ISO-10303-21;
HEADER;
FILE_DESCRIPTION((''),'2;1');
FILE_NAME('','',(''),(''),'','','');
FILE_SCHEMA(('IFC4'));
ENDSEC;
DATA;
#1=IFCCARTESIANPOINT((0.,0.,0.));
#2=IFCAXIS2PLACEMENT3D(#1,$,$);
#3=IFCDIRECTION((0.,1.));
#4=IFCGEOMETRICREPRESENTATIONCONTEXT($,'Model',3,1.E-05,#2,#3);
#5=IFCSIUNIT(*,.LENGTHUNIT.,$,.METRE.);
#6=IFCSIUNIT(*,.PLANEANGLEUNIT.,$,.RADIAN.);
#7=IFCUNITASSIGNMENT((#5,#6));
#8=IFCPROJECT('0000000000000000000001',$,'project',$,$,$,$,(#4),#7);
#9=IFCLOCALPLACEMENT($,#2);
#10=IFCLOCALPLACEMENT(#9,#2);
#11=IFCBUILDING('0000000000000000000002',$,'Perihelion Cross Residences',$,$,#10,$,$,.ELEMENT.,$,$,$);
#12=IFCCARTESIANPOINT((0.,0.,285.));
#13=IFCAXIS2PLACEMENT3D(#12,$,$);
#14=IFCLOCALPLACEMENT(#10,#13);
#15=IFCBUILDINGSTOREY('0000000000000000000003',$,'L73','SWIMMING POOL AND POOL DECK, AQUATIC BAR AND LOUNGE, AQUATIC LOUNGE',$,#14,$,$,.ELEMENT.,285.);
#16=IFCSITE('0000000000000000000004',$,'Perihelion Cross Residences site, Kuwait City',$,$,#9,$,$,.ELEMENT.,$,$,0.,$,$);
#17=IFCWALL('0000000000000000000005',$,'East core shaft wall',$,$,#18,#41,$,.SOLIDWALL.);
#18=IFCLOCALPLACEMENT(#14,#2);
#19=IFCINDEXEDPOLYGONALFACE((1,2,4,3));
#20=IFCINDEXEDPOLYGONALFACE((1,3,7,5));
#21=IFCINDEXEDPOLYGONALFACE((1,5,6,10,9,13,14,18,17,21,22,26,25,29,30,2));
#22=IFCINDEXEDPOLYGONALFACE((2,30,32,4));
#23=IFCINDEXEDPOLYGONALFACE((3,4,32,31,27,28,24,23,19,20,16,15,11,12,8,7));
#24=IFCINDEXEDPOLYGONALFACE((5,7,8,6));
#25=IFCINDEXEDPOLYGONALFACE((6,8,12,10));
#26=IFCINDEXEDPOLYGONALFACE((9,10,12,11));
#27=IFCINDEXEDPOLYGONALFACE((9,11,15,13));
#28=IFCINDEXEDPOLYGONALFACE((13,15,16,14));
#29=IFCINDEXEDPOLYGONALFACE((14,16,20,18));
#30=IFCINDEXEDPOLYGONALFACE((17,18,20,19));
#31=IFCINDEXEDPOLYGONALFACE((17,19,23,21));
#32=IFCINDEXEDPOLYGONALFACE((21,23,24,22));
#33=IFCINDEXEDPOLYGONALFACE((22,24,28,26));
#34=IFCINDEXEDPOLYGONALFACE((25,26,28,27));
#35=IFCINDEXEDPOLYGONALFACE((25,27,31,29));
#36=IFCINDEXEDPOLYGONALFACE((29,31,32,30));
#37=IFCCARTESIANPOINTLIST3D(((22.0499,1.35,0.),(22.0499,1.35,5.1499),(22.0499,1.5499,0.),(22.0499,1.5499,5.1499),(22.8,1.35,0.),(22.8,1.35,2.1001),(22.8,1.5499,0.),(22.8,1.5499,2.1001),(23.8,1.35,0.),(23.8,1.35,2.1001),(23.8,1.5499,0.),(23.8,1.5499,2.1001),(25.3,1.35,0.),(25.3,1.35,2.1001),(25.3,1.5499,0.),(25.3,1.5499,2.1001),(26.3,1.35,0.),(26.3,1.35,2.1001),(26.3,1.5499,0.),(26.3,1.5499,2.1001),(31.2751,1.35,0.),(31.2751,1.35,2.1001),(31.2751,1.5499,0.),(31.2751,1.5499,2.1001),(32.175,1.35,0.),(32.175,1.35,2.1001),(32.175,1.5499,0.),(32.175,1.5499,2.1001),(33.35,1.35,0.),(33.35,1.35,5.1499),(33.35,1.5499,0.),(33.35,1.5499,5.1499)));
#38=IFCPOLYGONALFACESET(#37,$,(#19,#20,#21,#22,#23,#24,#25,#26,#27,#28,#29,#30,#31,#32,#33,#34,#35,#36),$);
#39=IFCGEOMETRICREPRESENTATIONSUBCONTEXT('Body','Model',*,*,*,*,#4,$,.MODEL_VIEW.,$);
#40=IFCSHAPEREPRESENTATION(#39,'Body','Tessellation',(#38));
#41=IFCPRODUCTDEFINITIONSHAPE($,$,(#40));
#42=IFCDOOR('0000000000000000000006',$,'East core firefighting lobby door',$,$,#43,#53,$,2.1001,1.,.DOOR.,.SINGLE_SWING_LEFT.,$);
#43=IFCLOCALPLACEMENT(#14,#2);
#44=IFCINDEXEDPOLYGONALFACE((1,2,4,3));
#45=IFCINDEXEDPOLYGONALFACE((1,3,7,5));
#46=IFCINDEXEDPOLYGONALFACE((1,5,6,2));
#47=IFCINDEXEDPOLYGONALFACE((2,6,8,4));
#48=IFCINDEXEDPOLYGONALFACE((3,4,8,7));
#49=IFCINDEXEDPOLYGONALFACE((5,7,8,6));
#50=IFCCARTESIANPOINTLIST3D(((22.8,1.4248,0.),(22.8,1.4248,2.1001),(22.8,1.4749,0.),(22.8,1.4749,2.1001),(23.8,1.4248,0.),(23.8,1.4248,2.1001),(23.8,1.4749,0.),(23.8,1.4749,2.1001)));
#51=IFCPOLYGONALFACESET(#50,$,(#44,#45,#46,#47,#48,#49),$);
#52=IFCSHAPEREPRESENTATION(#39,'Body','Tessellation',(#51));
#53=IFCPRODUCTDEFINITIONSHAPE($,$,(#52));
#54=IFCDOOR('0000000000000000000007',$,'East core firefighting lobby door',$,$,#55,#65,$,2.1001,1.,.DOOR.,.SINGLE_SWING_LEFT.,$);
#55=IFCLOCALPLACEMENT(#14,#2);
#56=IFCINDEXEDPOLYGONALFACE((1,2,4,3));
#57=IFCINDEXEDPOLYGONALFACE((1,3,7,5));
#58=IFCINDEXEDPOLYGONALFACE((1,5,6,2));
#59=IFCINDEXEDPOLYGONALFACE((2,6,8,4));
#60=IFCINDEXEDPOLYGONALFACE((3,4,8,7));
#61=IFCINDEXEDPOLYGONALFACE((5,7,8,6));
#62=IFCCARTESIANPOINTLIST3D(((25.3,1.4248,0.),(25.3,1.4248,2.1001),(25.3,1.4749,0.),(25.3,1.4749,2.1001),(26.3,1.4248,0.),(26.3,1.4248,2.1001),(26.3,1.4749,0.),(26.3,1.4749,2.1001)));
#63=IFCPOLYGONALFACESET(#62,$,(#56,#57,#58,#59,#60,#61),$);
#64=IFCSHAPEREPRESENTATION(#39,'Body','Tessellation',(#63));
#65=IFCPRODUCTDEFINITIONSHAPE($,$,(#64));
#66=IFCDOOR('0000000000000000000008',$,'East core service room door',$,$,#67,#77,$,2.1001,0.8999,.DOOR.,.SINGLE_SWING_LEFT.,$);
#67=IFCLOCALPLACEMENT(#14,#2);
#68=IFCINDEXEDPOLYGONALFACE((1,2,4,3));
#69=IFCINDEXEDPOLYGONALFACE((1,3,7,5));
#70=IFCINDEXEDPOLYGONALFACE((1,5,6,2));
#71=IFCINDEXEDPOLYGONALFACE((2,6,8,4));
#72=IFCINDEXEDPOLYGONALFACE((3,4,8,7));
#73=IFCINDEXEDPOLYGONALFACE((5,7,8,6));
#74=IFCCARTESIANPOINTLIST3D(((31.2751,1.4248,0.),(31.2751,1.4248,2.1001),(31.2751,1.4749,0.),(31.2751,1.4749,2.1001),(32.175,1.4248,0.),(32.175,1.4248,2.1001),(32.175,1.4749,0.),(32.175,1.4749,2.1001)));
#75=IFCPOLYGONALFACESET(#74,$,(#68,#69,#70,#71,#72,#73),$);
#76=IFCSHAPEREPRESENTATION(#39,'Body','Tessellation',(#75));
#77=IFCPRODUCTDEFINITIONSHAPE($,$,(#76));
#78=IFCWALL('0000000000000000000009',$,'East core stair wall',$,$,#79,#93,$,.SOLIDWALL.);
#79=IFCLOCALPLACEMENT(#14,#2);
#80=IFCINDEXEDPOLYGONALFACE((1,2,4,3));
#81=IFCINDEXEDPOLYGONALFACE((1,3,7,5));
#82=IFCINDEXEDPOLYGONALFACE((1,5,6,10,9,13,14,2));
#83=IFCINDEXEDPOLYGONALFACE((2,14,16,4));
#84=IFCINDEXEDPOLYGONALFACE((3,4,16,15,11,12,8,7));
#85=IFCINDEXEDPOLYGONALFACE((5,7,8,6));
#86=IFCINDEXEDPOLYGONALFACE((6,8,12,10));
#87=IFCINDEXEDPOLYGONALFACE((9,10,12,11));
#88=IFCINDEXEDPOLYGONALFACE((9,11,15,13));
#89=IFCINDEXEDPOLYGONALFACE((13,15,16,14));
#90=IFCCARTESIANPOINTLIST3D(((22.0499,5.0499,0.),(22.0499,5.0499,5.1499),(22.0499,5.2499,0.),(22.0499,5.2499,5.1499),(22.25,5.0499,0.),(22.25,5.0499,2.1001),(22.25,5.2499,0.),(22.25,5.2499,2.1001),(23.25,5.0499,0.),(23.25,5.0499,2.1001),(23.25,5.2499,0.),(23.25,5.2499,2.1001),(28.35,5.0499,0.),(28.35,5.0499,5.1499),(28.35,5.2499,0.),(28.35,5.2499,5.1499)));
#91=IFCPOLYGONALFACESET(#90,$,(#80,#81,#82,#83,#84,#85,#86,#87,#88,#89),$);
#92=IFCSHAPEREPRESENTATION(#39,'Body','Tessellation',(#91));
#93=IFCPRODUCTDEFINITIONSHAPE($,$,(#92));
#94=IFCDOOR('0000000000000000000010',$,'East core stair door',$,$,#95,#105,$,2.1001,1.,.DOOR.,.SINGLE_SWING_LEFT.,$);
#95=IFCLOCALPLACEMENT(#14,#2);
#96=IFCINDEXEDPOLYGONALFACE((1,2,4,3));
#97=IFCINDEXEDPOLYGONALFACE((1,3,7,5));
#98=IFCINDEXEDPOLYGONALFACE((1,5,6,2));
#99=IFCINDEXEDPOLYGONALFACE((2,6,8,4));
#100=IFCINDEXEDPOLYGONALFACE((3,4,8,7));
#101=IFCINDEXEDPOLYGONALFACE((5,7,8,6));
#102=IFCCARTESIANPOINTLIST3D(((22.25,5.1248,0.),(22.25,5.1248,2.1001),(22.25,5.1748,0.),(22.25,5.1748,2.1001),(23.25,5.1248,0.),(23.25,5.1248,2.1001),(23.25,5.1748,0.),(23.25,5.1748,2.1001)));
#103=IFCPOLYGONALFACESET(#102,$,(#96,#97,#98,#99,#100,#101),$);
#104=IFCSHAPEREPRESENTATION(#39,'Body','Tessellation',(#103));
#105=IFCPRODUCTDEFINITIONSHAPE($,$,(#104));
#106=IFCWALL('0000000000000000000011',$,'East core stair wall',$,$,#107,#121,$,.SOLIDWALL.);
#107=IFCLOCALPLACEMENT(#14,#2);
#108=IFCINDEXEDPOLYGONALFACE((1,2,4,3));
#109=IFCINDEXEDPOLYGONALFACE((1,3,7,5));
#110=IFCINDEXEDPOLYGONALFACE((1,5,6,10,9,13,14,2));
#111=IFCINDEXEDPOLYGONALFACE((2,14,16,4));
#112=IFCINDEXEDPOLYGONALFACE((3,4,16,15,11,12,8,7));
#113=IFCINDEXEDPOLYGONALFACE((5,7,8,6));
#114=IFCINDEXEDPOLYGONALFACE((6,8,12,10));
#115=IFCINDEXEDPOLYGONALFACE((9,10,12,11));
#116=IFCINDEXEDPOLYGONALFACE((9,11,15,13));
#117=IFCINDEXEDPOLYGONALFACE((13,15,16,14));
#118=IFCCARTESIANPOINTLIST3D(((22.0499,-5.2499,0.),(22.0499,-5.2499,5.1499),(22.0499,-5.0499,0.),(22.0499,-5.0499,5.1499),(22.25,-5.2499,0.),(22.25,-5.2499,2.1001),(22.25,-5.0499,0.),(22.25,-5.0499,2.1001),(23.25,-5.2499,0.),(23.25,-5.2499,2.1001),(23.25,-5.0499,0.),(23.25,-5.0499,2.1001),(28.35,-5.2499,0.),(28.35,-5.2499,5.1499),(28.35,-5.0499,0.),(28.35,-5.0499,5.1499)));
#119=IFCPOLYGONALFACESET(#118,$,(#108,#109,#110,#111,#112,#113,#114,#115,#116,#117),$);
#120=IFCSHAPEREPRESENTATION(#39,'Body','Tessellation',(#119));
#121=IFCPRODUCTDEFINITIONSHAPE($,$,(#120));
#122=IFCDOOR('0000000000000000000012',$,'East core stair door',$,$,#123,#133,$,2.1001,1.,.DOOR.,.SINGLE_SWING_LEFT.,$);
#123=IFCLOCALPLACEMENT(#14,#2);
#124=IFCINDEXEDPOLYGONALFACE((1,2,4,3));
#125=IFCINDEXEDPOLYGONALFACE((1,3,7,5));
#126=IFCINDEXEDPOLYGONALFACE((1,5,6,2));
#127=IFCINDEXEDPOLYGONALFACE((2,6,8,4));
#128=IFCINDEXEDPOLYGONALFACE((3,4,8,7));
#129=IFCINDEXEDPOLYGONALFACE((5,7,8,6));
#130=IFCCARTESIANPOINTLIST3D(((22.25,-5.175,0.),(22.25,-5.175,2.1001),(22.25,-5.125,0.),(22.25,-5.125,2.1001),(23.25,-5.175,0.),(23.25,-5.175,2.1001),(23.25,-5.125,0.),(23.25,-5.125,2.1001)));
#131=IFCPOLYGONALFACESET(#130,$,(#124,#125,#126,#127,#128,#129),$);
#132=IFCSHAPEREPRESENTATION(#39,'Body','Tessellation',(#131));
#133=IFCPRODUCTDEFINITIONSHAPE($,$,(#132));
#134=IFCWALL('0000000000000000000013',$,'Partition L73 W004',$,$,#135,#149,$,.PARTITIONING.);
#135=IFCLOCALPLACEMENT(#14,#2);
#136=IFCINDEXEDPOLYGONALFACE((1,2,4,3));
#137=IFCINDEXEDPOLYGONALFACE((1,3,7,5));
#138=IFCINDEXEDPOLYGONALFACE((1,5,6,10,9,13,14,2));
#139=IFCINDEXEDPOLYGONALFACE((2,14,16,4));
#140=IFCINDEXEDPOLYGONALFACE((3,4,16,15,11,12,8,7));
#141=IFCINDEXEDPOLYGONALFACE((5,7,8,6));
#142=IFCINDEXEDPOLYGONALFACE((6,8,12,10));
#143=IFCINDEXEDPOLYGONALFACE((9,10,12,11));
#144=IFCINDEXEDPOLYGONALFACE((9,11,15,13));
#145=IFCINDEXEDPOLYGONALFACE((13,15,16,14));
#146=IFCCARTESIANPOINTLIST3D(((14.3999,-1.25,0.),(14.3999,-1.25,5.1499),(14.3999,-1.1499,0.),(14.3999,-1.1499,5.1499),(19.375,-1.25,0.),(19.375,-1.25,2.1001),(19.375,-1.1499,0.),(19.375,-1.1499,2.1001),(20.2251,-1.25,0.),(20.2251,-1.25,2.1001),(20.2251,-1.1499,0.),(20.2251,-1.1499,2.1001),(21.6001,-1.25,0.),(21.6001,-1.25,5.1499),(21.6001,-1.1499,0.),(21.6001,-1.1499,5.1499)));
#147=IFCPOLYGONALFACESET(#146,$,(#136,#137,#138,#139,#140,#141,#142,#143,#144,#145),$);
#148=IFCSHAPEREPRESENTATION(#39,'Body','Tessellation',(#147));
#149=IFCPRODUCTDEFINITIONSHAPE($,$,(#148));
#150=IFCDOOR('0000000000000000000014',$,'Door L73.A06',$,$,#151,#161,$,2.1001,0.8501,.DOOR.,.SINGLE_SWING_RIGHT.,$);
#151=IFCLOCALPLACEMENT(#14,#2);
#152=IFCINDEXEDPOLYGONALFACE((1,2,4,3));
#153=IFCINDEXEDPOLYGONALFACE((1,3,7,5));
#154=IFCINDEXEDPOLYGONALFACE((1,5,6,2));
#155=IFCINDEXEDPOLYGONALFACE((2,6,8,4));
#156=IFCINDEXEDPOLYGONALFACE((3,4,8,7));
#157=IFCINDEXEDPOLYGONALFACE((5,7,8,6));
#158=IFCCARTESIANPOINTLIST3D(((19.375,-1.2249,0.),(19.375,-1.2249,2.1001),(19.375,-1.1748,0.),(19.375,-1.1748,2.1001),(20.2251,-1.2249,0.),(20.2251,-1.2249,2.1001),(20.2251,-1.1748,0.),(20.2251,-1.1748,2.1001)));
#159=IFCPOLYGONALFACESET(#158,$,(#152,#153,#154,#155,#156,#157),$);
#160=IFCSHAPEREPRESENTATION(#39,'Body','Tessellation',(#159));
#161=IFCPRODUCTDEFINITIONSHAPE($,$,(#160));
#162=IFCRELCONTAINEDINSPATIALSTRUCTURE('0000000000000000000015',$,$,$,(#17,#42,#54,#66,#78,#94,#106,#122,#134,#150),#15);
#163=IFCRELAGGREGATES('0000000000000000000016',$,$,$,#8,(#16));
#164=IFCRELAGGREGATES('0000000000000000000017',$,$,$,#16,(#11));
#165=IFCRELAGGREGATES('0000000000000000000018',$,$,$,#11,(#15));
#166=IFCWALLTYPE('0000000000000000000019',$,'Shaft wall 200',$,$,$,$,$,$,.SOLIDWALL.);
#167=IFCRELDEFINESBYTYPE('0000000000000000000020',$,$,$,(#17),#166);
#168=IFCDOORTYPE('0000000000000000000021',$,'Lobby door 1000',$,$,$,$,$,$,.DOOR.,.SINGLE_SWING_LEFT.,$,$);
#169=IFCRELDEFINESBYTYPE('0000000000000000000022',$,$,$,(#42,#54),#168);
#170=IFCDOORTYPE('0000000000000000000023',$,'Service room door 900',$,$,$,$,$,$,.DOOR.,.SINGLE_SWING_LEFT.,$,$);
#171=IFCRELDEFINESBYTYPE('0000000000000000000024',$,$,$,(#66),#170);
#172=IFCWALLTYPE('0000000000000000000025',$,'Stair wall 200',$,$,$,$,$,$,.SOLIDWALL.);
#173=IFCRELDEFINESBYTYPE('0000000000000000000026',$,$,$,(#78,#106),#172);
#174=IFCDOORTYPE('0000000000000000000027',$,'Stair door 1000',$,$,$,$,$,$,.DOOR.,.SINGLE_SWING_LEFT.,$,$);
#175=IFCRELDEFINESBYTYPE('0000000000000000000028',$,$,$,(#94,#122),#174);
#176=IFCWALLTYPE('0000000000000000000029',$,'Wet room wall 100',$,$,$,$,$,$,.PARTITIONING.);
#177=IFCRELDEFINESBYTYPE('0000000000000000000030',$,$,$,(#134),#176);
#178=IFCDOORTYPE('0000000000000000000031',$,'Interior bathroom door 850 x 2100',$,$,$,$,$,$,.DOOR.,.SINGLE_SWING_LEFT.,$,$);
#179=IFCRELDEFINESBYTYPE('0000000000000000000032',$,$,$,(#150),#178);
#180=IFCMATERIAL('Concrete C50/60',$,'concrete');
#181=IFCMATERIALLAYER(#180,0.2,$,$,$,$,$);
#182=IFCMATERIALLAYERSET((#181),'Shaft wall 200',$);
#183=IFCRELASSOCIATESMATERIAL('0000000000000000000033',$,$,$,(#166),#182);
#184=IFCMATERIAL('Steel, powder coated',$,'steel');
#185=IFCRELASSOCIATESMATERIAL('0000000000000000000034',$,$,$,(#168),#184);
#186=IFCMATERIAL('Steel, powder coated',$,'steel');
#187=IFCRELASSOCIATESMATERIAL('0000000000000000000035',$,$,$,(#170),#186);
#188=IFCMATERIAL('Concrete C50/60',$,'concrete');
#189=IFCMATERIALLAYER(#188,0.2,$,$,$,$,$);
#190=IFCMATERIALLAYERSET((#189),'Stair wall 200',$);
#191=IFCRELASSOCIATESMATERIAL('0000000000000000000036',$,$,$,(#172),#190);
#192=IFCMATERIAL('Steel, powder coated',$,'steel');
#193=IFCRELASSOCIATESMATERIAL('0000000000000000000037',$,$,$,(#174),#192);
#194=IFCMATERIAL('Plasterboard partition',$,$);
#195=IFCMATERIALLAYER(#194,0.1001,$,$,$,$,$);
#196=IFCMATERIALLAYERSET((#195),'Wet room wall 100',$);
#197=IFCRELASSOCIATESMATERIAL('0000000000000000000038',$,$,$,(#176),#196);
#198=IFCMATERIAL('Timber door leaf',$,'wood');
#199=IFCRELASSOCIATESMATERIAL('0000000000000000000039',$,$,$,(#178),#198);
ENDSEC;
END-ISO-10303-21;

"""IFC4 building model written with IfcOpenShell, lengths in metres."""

from ifc_helpers import new_model, si_unit, direction, frame, frame_2d, origin, place, context, subcontext, project, spatial, rectangle, extrude, material, layer, layer_set, type_object, element, fill, save


model = new_model("IFC4")

# Units and contexts
model_context = context("Model", 3, precision=1e-05, world=origin(), true_north=direction((0.0, 1.0)))
body_context = subcontext(model_context, "Body", "Model", "MODEL_VIEW")
ifc_project = project(units=[si_unit("LENGTHUNIT", "METRE"), si_unit("PLANEANGLEUNIT", "RADIAN")], contexts=[model_context])

# Site, building, storey
site_placement = place(None, origin())
site = spatial("IfcSite", under=ifc_project, at=site_placement, Name="Perihelion Cross Residences site, Kuwait City", CompositionType="ELEMENT", RefElevation=0.0)
building_placement = place(site_placement, origin())
building = spatial("IfcBuilding", under=site, at=building_placement, Name="Perihelion Cross Residences", CompositionType="ELEMENT")
storey_placement = place(building_placement, frame((0.0, 0.0, 285.0)))
storey = spatial("IfcBuildingStorey", under=building, at=storey_placement, Name="L73", Description="SWIMMING POOL AND POOL DECK, AQUATIC BAR AND LOUNGE, AQUATIC LOUNGE", CompositionType="ELEMENT", Elevation=285.0)

# Wall, openings, doors
ifc_material_1 = material(Name="Concrete C50/60", Category="concrete")
ifc_layer_1 = layer(ifc_material_1, 0.2)
ifc_layer_set_1 = layer_set([ifc_layer_1], Name="Shaft wall 200")
wall_type_1 = type_object("IfcWallType", Name="Shaft wall 200", PredefinedType="SOLIDWALL", material=ifc_layer_set_1)
wall_1_placement = place(storey_placement, frame((22.05, 1.45, 0.0), z_axis=(0.0, 0.0, 1.0), x_axis=(1.0, 0.0, 0.0)))
wall_1 = element("IfcWall", 1, at=wall_1_placement, inside=storey, type_object=wall_type_1, Name="East core shaft wall", PredefinedType="SOLIDWALL", context=body_context, shape_type="SweptSolid", body=[
    extrude(rectangle(XDim=11.3, YDim=0.2, at=frame_2d((5.6499, 0.0))), origin(), (0.0, 0.0, 1.0), 5.1499),
])
opening_1_placement = place(wall_1_placement, frame((0.75, 0.0, 0.0)))
opening_1 = element("IfcOpeningElement", 2, at=opening_1_placement, cuts=wall_1, PredefinedType="OPENING", context=body_context, shape_type="SweptSolid", body=[
    extrude(rectangle(XDim=1.0, YDim=2.1001, at=frame_2d((0.5, 1.05))), frame((0.0, 0.1099, 0.0), z_axis=(0.0, -1.0, 0.0), x_axis=(1.0, 0.0, 0.0)), (0.0, 0.0, 1.0), 0.22),
])
opening_2_placement = place(wall_1_placement, frame((3.25, 0.0, 0.0)))
opening_2 = element("IfcOpeningElement", 3, at=opening_2_placement, cuts=wall_1, PredefinedType="OPENING", context=body_context, shape_type="SweptSolid", body=[
    extrude(rectangle(XDim=1.0, YDim=2.1001, at=frame_2d((0.5, 1.05))), frame((0.0, 0.1099, 0.0), z_axis=(0.0, -1.0, 0.0), x_axis=(1.0, 0.0, 0.0)), (0.0, 0.0, 1.0), 0.22),
])
opening_3_placement = place(wall_1_placement, frame((9.2251, 0.0, 0.0)))
opening_3 = element("IfcOpeningElement", 4, at=opening_3_placement, cuts=wall_1, PredefinedType="OPENING", context=body_context, shape_type="SweptSolid", body=[
    extrude(rectangle(XDim=0.8999, YDim=2.1001, at=frame_2d((0.45, 1.05))), frame((0.0, 0.1099, 0.0), z_axis=(0.0, -1.0, 0.0), x_axis=(1.0, 0.0, 0.0)), (0.0, 0.0, 1.0), 0.22),
])
ifc_material_2 = material(Name="Steel, powder coated", Category="steel")
door_type_1 = type_object("IfcDoorType", Name="Lobby door 1000", OperationType="SINGLE_SWING_LEFT", PredefinedType="DOOR", material=ifc_material_2)
door_1_placement = place(opening_1_placement, origin())
door_1 = element("IfcDoor", 5, at=door_1_placement, inside=storey, type_object=door_type_1, Name="East core firefighting lobby door", OperationType="SINGLE_SWING_LEFT", OverallHeight=2.1001, OverallWidth=1.0, PredefinedType="DOOR", context=body_context, shape_type="SweptSolid", body=[
    extrude(rectangle(XDim=1.0, YDim=2.1001, at=frame_2d((0.5, 1.05))), frame((0.0, 0.0249, 0.0), z_axis=(0.0, -1.0, 0.0), x_axis=(1.0, 0.0, 0.0)), (0.0, 0.0, 1.0), 0.05),
])
fill(opening_1, door_1)
door_2_placement = place(opening_2_placement, origin())
door_2 = element("IfcDoor", 6, at=door_2_placement, inside=storey, type_object=door_type_1, Name="East core firefighting lobby door", OperationType="SINGLE_SWING_LEFT", OverallHeight=2.1001, OverallWidth=1.0, PredefinedType="DOOR", context=body_context, shape_type="SweptSolid", body=[
    extrude(rectangle(XDim=1.0, YDim=2.1001, at=frame_2d((0.5, 1.05))), frame((0.0, 0.0249, 0.0), z_axis=(0.0, -1.0, 0.0), x_axis=(1.0, 0.0, 0.0)), (0.0, 0.0, 1.0), 0.05),
])
fill(opening_2, door_2)
ifc_material_3 = material(Name="Steel, powder coated", Category="steel")
door_type_2 = type_object("IfcDoorType", Name="Service room door 900", OperationType="SINGLE_SWING_LEFT", PredefinedType="DOOR", material=ifc_material_3)
door_3_placement = place(opening_3_placement, origin())
door_3 = element("IfcDoor", 7, at=door_3_placement, inside=storey, type_object=door_type_2, Name="East core service room door", OperationType="SINGLE_SWING_LEFT", OverallHeight=2.1001, OverallWidth=0.8999, PredefinedType="DOOR", context=body_context, shape_type="SweptSolid", body=[
    extrude(rectangle(XDim=0.8999, YDim=2.1001, at=frame_2d((0.45, 1.05))), frame((0.0, 0.0249, 0.0), z_axis=(0.0, -1.0, 0.0), x_axis=(1.0, 0.0, 0.0)), (0.0, 0.0, 1.0), 0.05),
])
fill(opening_3, door_3)

# Walls, openings, doors
ifc_material_4 = material(Name="Concrete C50/60", Category="concrete")
ifc_layer_2 = layer(ifc_material_4, 0.2)
ifc_layer_set_2 = layer_set([ifc_layer_2], Name="Stair wall 200")
wall_type_2 = type_object("IfcWallType", Name="Stair wall 200", PredefinedType="SOLIDWALL", material=ifc_layer_set_2)
wall_2_placement = place(storey_placement, frame((22.05, 5.1499, 0.0), z_axis=(0.0, 0.0, 1.0), x_axis=(1.0, 0.0, 0.0)))
wall_2 = element("IfcWall", 8, at=wall_2_placement, inside=storey, type_object=wall_type_2, Name="East core stair wall", PredefinedType="SOLIDWALL", context=body_context, shape_type="SweptSolid", body=[
    extrude(rectangle(XDim=6.3, YDim=0.2, at=frame_2d((3.1499, 0.0))), origin(), (0.0, 0.0, 1.0), 5.1499),
])
opening_4_placement = place(wall_2_placement, frame((0.2, 0.0, 0.0)))
opening_4 = element("IfcOpeningElement", 9, at=opening_4_placement, cuts=wall_2, PredefinedType="OPENING", context=body_context, shape_type="SweptSolid", body=[
    extrude(rectangle(XDim=1.0, YDim=2.1001, at=frame_2d((0.5, 1.05))), frame((0.0, 0.1099, 0.0), z_axis=(0.0, -1.0, 0.0), x_axis=(1.0, 0.0, 0.0)), (0.0, 0.0, 1.0), 0.22),
])
ifc_material_5 = material(Name="Steel, powder coated", Category="steel")
door_type_3 = type_object("IfcDoorType", Name="Stair door 1000", OperationType="SINGLE_SWING_LEFT", PredefinedType="DOOR", material=ifc_material_5)
door_4_placement = place(opening_4_placement, origin())
door_4 = element("IfcDoor", 10, at=door_4_placement, inside=storey, type_object=door_type_3, Name="East core stair door", OperationType="SINGLE_SWING_LEFT", OverallHeight=2.1001, OverallWidth=1.0, PredefinedType="DOOR", context=body_context, shape_type="SweptSolid", body=[
    extrude(rectangle(XDim=1.0, YDim=2.1001, at=frame_2d((0.5, 1.05))), frame((0.0, 0.0249, 0.0), z_axis=(0.0, -1.0, 0.0), x_axis=(1.0, 0.0, 0.0)), (0.0, 0.0, 1.0), 0.05),
])
fill(opening_4, door_4)
wall_3_placement = place(storey_placement, frame((22.05, -5.1499, 0.0), z_axis=(0.0, 0.0, 1.0), x_axis=(1.0, 0.0, 0.0)))
wall_3 = element("IfcWall", 11, at=wall_3_placement, inside=storey, type_object=wall_type_2, Name="East core stair wall", PredefinedType="SOLIDWALL", context=body_context, shape_type="SweptSolid", body=[
    extrude(rectangle(XDim=6.3, YDim=0.2, at=frame_2d((3.1499, 0.0))), origin(), (0.0, 0.0, 1.0), 5.1499),
])
opening_5_placement = place(wall_3_placement, frame((0.2, 0.0, 0.0)))
opening_5 = element("IfcOpeningElement", 12, at=opening_5_placement, cuts=wall_3, PredefinedType="OPENING", context=body_context, shape_type="SweptSolid", body=[
    extrude(rectangle(XDim=1.0, YDim=2.1001, at=frame_2d((0.5, 1.05))), frame((0.0, 0.1099, 0.0), z_axis=(0.0, -1.0, 0.0), x_axis=(1.0, 0.0, 0.0)), (0.0, 0.0, 1.0), 0.22),
])
door_5_placement = place(opening_5_placement, origin())
door_5 = element("IfcDoor", 13, at=door_5_placement, inside=storey, type_object=door_type_3, Name="East core stair door", OperationType="SINGLE_SWING_LEFT", OverallHeight=2.1001, OverallWidth=1.0, PredefinedType="DOOR", context=body_context, shape_type="SweptSolid", body=[
    extrude(rectangle(XDim=1.0, YDim=2.1001, at=frame_2d((0.5, 1.05))), frame((0.0, 0.0249, 0.0), z_axis=(0.0, -1.0, 0.0), x_axis=(1.0, 0.0, 0.0)), (0.0, 0.0, 1.0), 0.05),
])
fill(opening_5, door_5)
ifc_material_6 = material(Name="Plasterboard partition")
ifc_layer_3 = layer(ifc_material_6, 0.1001)
ifc_layer_set_3 = layer_set([ifc_layer_3], Name="Wet room wall 100")
wall_type_3 = type_object("IfcWallType", Name="Wet room wall 100", PredefinedType="PARTITIONING", material=ifc_layer_set_3)
wall_4_placement = place(storey_placement, frame((21.6001, -1.2, 0.0), z_axis=(0.0, 0.0, 1.0), x_axis=(-1.0, 0.0, 0.0)))
wall_4 = element("IfcWall", 14, at=wall_4_placement, inside=storey, type_object=wall_type_3, Name="Partition L73 W004", PredefinedType="PARTITIONING", context=body_context, shape_type="SweptSolid", body=[
    extrude(rectangle(XDim=7.2002, YDim=0.1001, at=frame_2d((3.6001, 0.0))), origin(), (0.0, 0.0, 1.0), 5.1499),
])
opening_6_placement = place(wall_4_placement, frame((1.375, 0.0, 0.0)))
opening_6 = element("IfcOpeningElement", 15, at=opening_6_placement, cuts=wall_4, PredefinedType="OPENING", context=body_context, shape_type="SweptSolid", body=[
    extrude(rectangle(XDim=0.8501, YDim=2.1001, at=frame_2d((0.425, 1.05))), frame((0.0, 0.0601, 0.0), z_axis=(0.0, -1.0, 0.0), x_axis=(1.0, 0.0, 0.0)), (0.0, 0.0, 1.0), 0.1201),
])
ifc_material_7 = material(Name="Timber door leaf", Category="wood")
door_type_4 = type_object("IfcDoorType", Name="Interior bathroom door 850 x 2100", OperationType="SINGLE_SWING_LEFT", PredefinedType="DOOR", material=ifc_material_7)
door_6_placement = place(opening_6_placement, origin())
door_6 = element("IfcDoor", 16, at=door_6_placement, inside=storey, type_object=door_type_4, Name="Door L73.A06", OperationType="SINGLE_SWING_RIGHT", OverallHeight=2.1001, OverallWidth=0.8501, PredefinedType="DOOR", context=body_context, shape_type="SweptSolid", body=[
    extrude(rectangle(XDim=0.8501, YDim=2.1001, at=frame_2d((0.425, 1.05))), frame((0.0, 0.0249, 0.0), z_axis=(0.0, -1.0, 0.0), x_axis=(1.0, 0.0, 0.0)), (0.0, 0.0, 1.0), 0.05),
])
fill(opening_6, door_6)

save(model, "model.ifc")
